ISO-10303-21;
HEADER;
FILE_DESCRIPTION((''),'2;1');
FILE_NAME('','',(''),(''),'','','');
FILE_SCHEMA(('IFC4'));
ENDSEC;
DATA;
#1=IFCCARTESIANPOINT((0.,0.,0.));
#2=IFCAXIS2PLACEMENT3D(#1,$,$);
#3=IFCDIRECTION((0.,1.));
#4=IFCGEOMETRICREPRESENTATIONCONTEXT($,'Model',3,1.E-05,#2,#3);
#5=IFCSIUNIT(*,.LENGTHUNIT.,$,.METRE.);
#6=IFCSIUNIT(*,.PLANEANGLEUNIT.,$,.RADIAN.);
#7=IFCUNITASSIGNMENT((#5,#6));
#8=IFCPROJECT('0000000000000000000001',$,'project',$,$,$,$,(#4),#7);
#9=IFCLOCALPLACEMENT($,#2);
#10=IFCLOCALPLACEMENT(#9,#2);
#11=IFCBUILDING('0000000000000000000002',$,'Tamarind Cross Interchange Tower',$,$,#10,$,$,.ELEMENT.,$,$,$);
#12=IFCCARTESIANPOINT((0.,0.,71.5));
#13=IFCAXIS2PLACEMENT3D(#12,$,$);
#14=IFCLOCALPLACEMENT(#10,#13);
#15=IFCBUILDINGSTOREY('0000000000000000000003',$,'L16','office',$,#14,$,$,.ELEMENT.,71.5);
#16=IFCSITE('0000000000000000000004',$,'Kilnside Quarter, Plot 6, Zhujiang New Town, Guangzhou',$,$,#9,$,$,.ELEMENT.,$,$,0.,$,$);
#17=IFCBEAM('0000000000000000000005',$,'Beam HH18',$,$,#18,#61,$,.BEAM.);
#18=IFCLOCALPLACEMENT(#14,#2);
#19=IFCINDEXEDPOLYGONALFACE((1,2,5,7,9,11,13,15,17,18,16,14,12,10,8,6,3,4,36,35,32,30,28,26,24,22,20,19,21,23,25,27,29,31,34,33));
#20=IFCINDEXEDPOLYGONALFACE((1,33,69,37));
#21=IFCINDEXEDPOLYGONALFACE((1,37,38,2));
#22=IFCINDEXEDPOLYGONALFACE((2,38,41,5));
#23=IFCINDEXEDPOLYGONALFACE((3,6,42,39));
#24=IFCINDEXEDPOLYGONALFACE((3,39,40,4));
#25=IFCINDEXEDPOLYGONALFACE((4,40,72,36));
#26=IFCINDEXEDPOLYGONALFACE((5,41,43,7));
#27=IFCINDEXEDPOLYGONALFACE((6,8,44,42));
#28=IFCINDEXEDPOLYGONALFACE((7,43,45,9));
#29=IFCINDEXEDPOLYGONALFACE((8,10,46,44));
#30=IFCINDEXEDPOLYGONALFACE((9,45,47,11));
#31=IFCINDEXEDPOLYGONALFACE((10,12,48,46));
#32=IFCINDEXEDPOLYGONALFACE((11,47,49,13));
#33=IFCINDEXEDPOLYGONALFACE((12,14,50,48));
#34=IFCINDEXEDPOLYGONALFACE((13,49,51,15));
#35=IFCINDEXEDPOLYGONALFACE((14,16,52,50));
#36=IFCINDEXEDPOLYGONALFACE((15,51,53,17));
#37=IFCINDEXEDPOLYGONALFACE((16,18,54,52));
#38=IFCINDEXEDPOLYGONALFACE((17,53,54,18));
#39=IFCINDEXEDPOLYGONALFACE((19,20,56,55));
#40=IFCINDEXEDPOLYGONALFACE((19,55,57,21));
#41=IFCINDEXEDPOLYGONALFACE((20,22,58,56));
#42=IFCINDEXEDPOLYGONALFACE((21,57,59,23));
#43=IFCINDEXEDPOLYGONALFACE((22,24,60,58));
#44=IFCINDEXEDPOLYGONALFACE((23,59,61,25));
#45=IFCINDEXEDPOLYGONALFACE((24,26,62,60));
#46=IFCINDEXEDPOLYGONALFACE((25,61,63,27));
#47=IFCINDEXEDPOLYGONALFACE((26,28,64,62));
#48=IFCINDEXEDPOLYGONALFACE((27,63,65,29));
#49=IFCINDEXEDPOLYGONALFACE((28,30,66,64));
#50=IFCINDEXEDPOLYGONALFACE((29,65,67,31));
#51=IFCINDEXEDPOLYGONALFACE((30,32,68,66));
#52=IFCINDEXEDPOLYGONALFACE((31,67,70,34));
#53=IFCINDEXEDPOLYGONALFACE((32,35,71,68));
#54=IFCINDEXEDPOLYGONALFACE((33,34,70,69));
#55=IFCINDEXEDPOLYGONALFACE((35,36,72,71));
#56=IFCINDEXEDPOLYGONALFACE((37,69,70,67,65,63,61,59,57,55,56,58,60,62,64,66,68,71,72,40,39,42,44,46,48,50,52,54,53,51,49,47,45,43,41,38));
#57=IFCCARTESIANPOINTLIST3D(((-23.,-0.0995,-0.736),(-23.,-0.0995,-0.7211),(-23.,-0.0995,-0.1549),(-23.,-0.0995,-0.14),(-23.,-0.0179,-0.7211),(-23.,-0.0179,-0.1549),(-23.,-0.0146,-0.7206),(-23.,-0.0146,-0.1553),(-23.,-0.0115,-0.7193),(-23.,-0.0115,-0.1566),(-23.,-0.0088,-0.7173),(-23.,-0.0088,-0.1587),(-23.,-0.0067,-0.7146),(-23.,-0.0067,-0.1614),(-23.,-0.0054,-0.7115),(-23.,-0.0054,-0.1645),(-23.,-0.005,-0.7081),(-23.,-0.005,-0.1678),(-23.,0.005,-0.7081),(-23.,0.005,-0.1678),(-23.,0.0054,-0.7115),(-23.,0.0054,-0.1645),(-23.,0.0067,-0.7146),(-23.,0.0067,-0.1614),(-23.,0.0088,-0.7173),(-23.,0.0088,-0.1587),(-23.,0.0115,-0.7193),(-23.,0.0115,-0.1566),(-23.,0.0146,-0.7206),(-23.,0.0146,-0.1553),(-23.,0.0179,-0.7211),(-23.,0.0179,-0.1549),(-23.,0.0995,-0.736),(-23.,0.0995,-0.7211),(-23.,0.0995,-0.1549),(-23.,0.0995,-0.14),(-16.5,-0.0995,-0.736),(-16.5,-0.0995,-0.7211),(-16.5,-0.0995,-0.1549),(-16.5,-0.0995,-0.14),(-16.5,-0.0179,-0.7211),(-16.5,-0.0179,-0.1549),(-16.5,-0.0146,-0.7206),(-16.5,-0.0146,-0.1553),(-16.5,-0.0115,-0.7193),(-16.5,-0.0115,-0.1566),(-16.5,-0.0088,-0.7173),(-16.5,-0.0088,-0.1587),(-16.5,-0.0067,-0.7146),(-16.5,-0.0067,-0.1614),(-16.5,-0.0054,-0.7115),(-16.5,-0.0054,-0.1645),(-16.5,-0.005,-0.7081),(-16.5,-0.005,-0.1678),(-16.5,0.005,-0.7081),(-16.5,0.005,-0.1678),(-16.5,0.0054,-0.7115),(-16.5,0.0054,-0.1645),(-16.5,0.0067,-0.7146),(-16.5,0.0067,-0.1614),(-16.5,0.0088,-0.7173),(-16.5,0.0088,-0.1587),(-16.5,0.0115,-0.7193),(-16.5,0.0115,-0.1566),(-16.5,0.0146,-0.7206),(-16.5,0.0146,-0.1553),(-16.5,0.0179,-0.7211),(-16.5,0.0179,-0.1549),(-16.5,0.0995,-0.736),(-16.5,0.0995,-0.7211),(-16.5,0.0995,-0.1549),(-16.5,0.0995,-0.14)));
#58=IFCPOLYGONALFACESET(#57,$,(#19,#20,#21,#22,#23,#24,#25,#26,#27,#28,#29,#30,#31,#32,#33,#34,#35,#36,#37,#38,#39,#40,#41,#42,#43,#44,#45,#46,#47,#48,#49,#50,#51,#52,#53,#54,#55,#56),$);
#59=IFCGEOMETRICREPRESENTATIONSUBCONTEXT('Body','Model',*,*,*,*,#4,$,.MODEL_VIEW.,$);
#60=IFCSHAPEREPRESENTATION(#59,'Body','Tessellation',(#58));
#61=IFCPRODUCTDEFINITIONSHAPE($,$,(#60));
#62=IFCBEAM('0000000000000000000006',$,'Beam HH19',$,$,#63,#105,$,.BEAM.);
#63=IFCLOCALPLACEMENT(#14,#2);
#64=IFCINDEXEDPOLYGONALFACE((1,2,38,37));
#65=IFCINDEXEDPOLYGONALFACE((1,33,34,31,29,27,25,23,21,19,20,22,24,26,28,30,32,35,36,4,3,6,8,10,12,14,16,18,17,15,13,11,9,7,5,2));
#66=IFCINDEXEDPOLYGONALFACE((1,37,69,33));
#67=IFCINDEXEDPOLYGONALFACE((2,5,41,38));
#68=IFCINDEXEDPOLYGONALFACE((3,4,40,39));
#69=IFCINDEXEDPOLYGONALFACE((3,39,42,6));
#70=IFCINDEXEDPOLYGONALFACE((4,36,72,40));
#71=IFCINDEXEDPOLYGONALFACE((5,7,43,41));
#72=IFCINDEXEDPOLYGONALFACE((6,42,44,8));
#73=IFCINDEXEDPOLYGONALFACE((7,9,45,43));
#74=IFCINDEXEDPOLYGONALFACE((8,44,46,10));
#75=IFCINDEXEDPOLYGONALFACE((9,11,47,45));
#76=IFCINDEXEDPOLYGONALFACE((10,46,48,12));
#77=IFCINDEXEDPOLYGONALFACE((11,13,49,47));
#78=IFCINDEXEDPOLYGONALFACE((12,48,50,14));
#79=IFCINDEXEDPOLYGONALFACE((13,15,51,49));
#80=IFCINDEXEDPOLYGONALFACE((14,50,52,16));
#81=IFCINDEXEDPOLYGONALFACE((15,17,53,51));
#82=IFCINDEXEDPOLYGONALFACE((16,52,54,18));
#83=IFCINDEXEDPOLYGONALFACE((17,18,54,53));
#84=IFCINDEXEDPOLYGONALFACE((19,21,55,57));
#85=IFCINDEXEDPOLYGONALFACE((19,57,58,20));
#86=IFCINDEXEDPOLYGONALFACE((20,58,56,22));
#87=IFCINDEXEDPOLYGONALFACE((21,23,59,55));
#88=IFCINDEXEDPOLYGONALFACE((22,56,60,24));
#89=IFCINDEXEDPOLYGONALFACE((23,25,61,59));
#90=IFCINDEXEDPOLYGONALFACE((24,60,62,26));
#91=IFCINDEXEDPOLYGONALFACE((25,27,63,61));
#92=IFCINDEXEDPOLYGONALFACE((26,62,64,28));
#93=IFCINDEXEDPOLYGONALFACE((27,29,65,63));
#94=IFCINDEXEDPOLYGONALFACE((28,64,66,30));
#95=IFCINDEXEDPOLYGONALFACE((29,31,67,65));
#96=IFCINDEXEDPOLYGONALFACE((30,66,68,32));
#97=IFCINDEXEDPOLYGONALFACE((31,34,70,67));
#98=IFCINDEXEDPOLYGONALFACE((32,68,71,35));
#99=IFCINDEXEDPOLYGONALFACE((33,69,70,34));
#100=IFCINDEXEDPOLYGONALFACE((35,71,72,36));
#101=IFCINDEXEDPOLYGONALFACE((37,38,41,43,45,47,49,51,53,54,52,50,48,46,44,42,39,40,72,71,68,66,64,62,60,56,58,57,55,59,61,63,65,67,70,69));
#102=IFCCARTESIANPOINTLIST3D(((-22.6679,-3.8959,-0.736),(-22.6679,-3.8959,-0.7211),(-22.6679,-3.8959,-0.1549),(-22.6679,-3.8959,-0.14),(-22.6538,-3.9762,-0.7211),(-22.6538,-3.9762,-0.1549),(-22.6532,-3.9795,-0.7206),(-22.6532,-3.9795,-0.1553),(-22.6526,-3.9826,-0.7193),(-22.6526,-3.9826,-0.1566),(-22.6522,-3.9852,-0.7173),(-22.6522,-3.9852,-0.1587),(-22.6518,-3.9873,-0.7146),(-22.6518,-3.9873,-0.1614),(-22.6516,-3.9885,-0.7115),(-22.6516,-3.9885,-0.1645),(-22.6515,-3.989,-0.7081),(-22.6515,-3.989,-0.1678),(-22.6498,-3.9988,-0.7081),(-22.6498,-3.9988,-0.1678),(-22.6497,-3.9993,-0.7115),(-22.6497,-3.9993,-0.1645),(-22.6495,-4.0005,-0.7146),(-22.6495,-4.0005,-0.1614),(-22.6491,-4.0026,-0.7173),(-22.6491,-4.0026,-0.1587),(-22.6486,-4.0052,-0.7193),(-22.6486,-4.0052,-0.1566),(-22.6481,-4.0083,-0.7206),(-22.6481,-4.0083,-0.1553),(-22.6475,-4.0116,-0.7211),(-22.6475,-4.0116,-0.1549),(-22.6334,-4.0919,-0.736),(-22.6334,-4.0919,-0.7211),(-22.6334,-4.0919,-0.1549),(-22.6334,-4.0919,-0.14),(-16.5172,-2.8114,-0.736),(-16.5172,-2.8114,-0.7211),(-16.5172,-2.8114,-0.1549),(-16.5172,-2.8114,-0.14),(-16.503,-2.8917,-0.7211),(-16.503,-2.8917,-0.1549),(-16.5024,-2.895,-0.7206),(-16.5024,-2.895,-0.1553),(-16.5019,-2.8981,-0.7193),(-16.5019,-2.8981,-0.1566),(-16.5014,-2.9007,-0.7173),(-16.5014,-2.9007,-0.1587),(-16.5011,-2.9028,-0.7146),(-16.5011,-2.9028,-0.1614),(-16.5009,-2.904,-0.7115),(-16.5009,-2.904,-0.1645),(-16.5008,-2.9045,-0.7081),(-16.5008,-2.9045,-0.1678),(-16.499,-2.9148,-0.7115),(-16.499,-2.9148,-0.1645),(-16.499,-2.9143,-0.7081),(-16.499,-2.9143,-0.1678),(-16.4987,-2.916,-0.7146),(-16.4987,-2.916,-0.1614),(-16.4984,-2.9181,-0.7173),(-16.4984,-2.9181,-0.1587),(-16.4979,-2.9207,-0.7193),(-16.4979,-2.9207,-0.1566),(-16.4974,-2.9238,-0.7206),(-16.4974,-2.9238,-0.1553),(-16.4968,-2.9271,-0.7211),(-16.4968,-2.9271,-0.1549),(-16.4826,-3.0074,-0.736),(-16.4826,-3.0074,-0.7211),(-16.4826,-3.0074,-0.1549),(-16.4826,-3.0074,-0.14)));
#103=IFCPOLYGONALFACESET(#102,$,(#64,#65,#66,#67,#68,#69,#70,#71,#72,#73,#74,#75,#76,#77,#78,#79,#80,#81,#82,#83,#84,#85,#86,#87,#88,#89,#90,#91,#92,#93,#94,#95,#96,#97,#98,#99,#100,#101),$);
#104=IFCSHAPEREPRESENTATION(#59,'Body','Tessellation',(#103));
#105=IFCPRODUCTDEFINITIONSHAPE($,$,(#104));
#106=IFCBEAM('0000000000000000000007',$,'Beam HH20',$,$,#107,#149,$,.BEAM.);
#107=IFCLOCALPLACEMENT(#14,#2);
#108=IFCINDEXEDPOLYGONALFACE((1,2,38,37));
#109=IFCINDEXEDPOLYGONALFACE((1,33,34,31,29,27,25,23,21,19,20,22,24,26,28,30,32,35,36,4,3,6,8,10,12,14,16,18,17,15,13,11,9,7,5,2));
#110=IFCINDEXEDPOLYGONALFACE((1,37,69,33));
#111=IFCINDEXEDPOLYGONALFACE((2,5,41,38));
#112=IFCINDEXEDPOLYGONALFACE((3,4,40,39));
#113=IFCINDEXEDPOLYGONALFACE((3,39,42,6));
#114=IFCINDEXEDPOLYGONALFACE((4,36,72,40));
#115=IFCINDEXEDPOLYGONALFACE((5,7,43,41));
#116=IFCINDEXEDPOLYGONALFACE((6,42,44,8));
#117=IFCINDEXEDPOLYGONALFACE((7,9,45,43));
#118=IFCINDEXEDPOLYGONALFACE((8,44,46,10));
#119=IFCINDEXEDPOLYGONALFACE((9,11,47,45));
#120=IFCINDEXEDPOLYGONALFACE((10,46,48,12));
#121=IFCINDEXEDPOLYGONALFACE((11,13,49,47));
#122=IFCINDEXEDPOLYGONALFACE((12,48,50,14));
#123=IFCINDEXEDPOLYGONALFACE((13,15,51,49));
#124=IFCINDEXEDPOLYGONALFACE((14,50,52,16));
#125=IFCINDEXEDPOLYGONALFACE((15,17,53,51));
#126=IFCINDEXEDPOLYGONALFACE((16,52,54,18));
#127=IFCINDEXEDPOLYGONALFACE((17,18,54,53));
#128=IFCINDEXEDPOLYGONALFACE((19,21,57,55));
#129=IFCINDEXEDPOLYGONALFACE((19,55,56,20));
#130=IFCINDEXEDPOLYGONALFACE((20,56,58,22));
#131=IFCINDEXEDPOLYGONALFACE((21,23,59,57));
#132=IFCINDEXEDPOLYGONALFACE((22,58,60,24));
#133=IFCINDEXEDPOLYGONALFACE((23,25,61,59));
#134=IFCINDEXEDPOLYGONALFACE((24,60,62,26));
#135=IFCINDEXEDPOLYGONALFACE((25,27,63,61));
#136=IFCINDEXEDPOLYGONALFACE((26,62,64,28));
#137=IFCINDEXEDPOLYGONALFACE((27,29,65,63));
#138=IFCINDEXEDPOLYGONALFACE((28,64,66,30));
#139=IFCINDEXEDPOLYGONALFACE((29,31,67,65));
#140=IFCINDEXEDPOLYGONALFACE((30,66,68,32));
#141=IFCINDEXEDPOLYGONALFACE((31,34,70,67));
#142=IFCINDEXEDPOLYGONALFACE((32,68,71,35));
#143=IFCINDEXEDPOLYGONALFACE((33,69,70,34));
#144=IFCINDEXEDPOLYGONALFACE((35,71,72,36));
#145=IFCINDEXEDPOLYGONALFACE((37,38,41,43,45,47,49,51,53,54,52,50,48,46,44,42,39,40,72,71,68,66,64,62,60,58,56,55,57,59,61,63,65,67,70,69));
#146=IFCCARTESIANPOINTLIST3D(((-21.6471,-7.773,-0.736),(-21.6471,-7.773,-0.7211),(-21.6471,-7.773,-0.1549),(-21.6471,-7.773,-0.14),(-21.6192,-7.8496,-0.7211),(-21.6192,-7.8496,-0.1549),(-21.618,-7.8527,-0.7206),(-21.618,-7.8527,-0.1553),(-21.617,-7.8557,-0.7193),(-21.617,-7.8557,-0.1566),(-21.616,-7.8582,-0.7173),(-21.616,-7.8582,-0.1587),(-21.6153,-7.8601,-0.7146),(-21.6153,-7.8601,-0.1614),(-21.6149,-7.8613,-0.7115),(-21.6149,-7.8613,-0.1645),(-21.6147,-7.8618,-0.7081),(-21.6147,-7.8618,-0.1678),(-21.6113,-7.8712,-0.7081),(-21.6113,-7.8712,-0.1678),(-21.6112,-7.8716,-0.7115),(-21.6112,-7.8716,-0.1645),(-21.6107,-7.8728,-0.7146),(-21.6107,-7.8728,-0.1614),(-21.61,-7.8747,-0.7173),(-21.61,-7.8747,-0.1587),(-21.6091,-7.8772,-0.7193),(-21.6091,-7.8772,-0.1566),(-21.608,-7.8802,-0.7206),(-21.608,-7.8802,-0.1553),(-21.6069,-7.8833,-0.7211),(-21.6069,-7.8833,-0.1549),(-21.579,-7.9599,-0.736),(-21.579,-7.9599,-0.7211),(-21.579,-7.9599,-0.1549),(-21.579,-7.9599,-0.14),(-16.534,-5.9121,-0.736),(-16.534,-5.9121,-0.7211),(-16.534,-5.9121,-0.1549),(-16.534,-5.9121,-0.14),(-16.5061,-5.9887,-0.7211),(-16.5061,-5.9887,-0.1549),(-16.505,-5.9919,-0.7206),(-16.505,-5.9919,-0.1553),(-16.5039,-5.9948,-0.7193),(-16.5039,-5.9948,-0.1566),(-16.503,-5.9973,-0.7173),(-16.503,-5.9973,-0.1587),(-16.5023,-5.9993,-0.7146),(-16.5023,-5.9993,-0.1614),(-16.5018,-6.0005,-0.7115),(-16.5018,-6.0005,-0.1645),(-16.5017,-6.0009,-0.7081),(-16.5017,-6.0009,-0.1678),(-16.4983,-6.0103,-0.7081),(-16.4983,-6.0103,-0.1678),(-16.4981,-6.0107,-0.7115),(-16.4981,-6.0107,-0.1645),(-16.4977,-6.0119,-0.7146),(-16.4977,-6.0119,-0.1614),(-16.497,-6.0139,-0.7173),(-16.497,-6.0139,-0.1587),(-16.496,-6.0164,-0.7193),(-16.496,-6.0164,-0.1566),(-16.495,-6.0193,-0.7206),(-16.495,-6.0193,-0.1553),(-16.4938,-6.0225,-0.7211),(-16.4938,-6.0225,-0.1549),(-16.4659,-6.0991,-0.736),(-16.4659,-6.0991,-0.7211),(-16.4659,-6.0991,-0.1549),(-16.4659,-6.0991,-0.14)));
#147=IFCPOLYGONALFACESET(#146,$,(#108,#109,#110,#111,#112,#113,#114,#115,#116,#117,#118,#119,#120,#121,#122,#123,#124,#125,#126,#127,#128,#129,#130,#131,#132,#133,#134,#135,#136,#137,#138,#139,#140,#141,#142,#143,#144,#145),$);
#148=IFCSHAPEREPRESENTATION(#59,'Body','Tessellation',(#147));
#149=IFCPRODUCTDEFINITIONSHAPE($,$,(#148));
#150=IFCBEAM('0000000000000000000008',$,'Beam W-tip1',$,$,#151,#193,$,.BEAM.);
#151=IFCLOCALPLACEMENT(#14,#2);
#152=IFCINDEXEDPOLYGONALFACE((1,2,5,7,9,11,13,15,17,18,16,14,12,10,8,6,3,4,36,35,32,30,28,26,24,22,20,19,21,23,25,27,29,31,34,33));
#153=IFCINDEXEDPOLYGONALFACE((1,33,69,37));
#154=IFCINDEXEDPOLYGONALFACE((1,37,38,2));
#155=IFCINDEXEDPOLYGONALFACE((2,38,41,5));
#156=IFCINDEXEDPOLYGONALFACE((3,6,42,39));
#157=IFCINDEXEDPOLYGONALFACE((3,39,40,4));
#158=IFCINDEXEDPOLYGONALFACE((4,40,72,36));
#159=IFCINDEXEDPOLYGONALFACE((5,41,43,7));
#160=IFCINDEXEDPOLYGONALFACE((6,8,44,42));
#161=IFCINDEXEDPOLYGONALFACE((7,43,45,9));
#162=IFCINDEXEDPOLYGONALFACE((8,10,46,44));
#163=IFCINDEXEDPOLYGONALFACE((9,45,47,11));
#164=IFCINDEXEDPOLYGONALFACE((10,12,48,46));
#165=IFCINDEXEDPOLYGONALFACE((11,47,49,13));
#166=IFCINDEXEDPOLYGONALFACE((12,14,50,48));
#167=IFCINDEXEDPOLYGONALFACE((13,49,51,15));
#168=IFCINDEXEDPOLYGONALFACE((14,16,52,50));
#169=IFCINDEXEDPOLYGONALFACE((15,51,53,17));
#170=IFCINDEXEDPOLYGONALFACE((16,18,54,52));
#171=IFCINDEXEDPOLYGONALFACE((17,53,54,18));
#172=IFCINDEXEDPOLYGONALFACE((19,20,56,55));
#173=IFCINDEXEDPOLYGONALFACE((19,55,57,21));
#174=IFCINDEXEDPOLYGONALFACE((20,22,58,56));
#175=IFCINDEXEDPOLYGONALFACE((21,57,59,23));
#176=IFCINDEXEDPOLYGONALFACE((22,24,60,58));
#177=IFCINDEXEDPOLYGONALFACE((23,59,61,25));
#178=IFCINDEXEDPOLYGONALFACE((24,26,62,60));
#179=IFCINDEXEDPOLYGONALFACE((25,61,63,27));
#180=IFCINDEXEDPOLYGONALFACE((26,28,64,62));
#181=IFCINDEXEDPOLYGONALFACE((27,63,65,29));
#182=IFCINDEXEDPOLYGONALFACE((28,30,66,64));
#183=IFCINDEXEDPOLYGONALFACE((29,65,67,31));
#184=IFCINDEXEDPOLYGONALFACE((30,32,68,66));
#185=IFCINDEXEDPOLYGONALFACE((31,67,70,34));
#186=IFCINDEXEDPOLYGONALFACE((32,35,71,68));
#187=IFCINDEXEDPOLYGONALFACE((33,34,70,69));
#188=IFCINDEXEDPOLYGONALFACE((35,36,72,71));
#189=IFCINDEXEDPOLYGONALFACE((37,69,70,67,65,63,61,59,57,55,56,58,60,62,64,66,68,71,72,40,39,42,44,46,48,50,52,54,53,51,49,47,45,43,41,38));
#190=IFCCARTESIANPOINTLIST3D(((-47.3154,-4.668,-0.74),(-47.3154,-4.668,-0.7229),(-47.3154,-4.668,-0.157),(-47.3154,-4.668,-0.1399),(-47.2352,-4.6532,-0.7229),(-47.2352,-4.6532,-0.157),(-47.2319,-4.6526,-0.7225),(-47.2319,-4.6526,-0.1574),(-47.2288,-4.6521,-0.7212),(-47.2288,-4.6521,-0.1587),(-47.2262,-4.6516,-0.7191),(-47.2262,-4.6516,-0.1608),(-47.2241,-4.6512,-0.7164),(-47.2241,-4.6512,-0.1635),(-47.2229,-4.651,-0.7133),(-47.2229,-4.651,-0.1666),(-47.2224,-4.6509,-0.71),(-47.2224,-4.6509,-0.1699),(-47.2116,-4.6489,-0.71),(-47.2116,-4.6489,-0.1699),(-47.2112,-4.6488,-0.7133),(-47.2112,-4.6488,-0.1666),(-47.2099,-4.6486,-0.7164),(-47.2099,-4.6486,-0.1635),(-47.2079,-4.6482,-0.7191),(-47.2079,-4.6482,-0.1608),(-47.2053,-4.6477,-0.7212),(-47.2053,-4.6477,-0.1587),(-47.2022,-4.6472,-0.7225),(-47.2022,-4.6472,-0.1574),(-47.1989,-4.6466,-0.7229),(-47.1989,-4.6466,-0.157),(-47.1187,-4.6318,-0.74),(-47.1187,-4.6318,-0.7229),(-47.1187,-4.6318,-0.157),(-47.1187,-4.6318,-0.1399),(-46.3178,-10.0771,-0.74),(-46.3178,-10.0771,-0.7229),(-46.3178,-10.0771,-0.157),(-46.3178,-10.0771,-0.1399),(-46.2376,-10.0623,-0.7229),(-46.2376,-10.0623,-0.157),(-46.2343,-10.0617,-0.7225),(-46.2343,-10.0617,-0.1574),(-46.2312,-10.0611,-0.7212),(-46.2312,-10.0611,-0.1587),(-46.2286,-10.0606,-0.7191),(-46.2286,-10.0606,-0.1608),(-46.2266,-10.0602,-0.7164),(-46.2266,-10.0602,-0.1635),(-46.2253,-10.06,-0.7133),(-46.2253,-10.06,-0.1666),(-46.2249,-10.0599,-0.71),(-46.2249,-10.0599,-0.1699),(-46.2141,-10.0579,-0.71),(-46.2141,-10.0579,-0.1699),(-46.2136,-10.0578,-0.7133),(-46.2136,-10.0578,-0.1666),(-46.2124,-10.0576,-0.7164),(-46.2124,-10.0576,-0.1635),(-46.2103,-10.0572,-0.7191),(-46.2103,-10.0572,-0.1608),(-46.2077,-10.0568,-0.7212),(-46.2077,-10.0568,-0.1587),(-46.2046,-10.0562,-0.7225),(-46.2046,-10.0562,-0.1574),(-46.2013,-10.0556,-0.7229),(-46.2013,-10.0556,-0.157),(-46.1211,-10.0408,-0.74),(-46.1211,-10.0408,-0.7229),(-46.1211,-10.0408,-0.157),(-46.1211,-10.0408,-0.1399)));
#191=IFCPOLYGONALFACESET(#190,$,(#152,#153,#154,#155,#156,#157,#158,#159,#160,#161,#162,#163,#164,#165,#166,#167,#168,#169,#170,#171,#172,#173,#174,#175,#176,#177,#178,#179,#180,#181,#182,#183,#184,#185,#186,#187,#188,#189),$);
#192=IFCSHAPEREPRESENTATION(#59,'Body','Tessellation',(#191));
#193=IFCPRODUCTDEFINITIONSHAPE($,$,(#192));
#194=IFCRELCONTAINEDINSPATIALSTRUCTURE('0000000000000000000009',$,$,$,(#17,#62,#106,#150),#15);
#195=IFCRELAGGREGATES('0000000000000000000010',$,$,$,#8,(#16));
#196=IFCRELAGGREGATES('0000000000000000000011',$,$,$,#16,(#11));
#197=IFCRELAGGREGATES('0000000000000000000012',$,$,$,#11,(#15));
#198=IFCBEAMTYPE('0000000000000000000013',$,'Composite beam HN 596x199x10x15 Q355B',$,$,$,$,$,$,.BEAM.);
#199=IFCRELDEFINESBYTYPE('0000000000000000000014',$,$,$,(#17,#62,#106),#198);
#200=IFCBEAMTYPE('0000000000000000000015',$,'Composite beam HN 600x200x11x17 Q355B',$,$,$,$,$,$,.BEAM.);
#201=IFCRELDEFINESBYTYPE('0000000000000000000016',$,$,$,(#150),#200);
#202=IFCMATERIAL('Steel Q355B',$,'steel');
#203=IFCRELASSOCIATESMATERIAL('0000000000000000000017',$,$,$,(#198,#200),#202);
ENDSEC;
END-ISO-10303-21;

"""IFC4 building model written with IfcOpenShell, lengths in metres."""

from ifc_helpers import new_model, si_unit, direction, frame, origin, origin_2d, place, context, subcontext, project, spatial, i_section, extrude, material, material_profile, profile_set, type_object, element, save


model = new_model("IFC4")

# Units and contexts
model_context = context("Model", 3, precision=1e-05, world=origin(), true_north=direction((0.0, 1.0)))
body_context = subcontext(model_context, "Body", "Model", "MODEL_VIEW")
ifc_project = project(units=[si_unit("LENGTHUNIT", "METRE"), si_unit("PLANEANGLEUNIT", "RADIAN")], contexts=[model_context])

# Site, building, storey
site_placement = place(None, origin())
site = spatial("IfcSite", under=ifc_project, at=site_placement, Name="Kilnside Quarter, Plot 6, Zhujiang New Town, Guangzhou", CompositionType="ELEMENT", RefElevation=0.0)
building_placement = place(site_placement, origin())
building = spatial("IfcBuilding", under=site, at=building_placement, Name="Tamarind Cross Interchange Tower", CompositionType="ELEMENT")
storey_placement = place(building_placement, frame((0.0, 0.0, 71.5)))
storey = spatial("IfcBuildingStorey", under=building, at=storey_placement, Name="L16", Description="office", CompositionType="ELEMENT", Elevation=71.5)

# Beams
ifc_material_1 = material(Name="Steel Q355B", Category="steel")
ifc_material_profile_1 = material_profile(ifc_material_1, i_section(OverallWidth=0.199, OverallDepth=0.5959, WebThickness=0.01, FlangeThickness=0.0149, FilletRadius=0.0129, at=origin_2d()), Name="HN 596x199x10x15")
ifc_profile_set_1 = profile_set([ifc_material_profile_1], Name="Steel Q355B")
beam_type_1 = type_object("IfcBeamType", Name="Composite beam HN 596x199x10x15 Q355B", PredefinedType="BEAM", material=ifc_profile_set_1)
beam_1_placement = place(storey_placement, frame((-23.0, 0.0, -0.438), z_axis=(1.0, 0.0, 0.0), x_axis=(0.0, 1.0, 0.0)))
element("IfcBeam", 1, at=beam_1_placement, inside=storey, type_object=beam_type_1, Name="Beam HH18", PredefinedType="BEAM", context=body_context, shape_type="SweptSolid", body=[
    extrude(i_section(OverallWidth=0.199, OverallDepth=0.5959, WebThickness=0.01, FlangeThickness=0.0149, FilletRadius=0.0129, at=origin_2d()), origin(), (0.0, 0.0, 1.0), 6.5),
])
beam_2_placement = place(storey_placement, frame((-22.6506, -3.9939, -0.438), z_axis=(0.984809, 0.17364, 0.0), x_axis=(-0.17364, 0.984809, 0.0)))
element("IfcBeam", 2, at=beam_2_placement, inside=storey, type_object=beam_type_1, Name="Beam HH19", PredefinedType="BEAM", context=body_context, shape_type="SweptSolid", body=[
    extrude(i_section(OverallWidth=0.199, OverallDepth=0.5959, WebThickness=0.01, FlangeThickness=0.0149, FilletRadius=0.0129, at=origin_2d()), origin(), (0.0, 0.0, 1.0), 6.2456),
])
beam_3_placement = place(storey_placement, frame((-21.613, -7.8665, -0.438), z_axis=(0.939702, 0.341995, 0.0), x_axis=(-0.341995, 0.939702, 0.0)))
element("IfcBeam", 3, at=beam_3_placement, inside=storey, type_object=beam_type_1, Name="Beam HH20", PredefinedType="BEAM", context=body_context, shape_type="SweptSolid", body=[
    extrude(i_section(OverallWidth=0.199, OverallDepth=0.5959, WebThickness=0.01, FlangeThickness=0.0149, FilletRadius=0.0129, at=origin_2d()), origin(), (0.0, 0.0, 1.0), 5.4412),
])
ifc_material_profile_2 = material_profile(ifc_material_1, i_section(OverallWidth=0.2, OverallDepth=0.6001, WebThickness=0.011, FlangeThickness=0.0171, FilletRadius=0.0129, at=origin_2d()), Name="HN 600x200x11x17")
ifc_profile_set_2 = profile_set([ifc_material_profile_2], Name="Steel Q355B")
beam_type_2 = type_object("IfcBeamType", Name="Composite beam HN 600x200x11x17 Q355B", PredefinedType="BEAM", material=ifc_profile_set_2)
beam_4_placement = place(storey_placement, frame((-47.217, -4.6499, -0.4399), z_axis=(0.181369, -0.983415, 0.0), x_axis=(0.983415, 0.181369, 0.0)))
element("IfcBeam", 4, at=beam_4_placement, inside=storey, type_object=beam_type_2, Name="Beam W-tip1", PredefinedType="BEAM", context=body_context, shape_type="SweptSolid", body=[
    extrude(i_section(OverallWidth=0.2, OverallDepth=0.6001, WebThickness=0.011, FlangeThickness=0.0171, FilletRadius=0.0129, at=origin_2d()), origin(), (0.0, 0.0, 1.0), 5.5002),
])

save(model, "model.ifc")
